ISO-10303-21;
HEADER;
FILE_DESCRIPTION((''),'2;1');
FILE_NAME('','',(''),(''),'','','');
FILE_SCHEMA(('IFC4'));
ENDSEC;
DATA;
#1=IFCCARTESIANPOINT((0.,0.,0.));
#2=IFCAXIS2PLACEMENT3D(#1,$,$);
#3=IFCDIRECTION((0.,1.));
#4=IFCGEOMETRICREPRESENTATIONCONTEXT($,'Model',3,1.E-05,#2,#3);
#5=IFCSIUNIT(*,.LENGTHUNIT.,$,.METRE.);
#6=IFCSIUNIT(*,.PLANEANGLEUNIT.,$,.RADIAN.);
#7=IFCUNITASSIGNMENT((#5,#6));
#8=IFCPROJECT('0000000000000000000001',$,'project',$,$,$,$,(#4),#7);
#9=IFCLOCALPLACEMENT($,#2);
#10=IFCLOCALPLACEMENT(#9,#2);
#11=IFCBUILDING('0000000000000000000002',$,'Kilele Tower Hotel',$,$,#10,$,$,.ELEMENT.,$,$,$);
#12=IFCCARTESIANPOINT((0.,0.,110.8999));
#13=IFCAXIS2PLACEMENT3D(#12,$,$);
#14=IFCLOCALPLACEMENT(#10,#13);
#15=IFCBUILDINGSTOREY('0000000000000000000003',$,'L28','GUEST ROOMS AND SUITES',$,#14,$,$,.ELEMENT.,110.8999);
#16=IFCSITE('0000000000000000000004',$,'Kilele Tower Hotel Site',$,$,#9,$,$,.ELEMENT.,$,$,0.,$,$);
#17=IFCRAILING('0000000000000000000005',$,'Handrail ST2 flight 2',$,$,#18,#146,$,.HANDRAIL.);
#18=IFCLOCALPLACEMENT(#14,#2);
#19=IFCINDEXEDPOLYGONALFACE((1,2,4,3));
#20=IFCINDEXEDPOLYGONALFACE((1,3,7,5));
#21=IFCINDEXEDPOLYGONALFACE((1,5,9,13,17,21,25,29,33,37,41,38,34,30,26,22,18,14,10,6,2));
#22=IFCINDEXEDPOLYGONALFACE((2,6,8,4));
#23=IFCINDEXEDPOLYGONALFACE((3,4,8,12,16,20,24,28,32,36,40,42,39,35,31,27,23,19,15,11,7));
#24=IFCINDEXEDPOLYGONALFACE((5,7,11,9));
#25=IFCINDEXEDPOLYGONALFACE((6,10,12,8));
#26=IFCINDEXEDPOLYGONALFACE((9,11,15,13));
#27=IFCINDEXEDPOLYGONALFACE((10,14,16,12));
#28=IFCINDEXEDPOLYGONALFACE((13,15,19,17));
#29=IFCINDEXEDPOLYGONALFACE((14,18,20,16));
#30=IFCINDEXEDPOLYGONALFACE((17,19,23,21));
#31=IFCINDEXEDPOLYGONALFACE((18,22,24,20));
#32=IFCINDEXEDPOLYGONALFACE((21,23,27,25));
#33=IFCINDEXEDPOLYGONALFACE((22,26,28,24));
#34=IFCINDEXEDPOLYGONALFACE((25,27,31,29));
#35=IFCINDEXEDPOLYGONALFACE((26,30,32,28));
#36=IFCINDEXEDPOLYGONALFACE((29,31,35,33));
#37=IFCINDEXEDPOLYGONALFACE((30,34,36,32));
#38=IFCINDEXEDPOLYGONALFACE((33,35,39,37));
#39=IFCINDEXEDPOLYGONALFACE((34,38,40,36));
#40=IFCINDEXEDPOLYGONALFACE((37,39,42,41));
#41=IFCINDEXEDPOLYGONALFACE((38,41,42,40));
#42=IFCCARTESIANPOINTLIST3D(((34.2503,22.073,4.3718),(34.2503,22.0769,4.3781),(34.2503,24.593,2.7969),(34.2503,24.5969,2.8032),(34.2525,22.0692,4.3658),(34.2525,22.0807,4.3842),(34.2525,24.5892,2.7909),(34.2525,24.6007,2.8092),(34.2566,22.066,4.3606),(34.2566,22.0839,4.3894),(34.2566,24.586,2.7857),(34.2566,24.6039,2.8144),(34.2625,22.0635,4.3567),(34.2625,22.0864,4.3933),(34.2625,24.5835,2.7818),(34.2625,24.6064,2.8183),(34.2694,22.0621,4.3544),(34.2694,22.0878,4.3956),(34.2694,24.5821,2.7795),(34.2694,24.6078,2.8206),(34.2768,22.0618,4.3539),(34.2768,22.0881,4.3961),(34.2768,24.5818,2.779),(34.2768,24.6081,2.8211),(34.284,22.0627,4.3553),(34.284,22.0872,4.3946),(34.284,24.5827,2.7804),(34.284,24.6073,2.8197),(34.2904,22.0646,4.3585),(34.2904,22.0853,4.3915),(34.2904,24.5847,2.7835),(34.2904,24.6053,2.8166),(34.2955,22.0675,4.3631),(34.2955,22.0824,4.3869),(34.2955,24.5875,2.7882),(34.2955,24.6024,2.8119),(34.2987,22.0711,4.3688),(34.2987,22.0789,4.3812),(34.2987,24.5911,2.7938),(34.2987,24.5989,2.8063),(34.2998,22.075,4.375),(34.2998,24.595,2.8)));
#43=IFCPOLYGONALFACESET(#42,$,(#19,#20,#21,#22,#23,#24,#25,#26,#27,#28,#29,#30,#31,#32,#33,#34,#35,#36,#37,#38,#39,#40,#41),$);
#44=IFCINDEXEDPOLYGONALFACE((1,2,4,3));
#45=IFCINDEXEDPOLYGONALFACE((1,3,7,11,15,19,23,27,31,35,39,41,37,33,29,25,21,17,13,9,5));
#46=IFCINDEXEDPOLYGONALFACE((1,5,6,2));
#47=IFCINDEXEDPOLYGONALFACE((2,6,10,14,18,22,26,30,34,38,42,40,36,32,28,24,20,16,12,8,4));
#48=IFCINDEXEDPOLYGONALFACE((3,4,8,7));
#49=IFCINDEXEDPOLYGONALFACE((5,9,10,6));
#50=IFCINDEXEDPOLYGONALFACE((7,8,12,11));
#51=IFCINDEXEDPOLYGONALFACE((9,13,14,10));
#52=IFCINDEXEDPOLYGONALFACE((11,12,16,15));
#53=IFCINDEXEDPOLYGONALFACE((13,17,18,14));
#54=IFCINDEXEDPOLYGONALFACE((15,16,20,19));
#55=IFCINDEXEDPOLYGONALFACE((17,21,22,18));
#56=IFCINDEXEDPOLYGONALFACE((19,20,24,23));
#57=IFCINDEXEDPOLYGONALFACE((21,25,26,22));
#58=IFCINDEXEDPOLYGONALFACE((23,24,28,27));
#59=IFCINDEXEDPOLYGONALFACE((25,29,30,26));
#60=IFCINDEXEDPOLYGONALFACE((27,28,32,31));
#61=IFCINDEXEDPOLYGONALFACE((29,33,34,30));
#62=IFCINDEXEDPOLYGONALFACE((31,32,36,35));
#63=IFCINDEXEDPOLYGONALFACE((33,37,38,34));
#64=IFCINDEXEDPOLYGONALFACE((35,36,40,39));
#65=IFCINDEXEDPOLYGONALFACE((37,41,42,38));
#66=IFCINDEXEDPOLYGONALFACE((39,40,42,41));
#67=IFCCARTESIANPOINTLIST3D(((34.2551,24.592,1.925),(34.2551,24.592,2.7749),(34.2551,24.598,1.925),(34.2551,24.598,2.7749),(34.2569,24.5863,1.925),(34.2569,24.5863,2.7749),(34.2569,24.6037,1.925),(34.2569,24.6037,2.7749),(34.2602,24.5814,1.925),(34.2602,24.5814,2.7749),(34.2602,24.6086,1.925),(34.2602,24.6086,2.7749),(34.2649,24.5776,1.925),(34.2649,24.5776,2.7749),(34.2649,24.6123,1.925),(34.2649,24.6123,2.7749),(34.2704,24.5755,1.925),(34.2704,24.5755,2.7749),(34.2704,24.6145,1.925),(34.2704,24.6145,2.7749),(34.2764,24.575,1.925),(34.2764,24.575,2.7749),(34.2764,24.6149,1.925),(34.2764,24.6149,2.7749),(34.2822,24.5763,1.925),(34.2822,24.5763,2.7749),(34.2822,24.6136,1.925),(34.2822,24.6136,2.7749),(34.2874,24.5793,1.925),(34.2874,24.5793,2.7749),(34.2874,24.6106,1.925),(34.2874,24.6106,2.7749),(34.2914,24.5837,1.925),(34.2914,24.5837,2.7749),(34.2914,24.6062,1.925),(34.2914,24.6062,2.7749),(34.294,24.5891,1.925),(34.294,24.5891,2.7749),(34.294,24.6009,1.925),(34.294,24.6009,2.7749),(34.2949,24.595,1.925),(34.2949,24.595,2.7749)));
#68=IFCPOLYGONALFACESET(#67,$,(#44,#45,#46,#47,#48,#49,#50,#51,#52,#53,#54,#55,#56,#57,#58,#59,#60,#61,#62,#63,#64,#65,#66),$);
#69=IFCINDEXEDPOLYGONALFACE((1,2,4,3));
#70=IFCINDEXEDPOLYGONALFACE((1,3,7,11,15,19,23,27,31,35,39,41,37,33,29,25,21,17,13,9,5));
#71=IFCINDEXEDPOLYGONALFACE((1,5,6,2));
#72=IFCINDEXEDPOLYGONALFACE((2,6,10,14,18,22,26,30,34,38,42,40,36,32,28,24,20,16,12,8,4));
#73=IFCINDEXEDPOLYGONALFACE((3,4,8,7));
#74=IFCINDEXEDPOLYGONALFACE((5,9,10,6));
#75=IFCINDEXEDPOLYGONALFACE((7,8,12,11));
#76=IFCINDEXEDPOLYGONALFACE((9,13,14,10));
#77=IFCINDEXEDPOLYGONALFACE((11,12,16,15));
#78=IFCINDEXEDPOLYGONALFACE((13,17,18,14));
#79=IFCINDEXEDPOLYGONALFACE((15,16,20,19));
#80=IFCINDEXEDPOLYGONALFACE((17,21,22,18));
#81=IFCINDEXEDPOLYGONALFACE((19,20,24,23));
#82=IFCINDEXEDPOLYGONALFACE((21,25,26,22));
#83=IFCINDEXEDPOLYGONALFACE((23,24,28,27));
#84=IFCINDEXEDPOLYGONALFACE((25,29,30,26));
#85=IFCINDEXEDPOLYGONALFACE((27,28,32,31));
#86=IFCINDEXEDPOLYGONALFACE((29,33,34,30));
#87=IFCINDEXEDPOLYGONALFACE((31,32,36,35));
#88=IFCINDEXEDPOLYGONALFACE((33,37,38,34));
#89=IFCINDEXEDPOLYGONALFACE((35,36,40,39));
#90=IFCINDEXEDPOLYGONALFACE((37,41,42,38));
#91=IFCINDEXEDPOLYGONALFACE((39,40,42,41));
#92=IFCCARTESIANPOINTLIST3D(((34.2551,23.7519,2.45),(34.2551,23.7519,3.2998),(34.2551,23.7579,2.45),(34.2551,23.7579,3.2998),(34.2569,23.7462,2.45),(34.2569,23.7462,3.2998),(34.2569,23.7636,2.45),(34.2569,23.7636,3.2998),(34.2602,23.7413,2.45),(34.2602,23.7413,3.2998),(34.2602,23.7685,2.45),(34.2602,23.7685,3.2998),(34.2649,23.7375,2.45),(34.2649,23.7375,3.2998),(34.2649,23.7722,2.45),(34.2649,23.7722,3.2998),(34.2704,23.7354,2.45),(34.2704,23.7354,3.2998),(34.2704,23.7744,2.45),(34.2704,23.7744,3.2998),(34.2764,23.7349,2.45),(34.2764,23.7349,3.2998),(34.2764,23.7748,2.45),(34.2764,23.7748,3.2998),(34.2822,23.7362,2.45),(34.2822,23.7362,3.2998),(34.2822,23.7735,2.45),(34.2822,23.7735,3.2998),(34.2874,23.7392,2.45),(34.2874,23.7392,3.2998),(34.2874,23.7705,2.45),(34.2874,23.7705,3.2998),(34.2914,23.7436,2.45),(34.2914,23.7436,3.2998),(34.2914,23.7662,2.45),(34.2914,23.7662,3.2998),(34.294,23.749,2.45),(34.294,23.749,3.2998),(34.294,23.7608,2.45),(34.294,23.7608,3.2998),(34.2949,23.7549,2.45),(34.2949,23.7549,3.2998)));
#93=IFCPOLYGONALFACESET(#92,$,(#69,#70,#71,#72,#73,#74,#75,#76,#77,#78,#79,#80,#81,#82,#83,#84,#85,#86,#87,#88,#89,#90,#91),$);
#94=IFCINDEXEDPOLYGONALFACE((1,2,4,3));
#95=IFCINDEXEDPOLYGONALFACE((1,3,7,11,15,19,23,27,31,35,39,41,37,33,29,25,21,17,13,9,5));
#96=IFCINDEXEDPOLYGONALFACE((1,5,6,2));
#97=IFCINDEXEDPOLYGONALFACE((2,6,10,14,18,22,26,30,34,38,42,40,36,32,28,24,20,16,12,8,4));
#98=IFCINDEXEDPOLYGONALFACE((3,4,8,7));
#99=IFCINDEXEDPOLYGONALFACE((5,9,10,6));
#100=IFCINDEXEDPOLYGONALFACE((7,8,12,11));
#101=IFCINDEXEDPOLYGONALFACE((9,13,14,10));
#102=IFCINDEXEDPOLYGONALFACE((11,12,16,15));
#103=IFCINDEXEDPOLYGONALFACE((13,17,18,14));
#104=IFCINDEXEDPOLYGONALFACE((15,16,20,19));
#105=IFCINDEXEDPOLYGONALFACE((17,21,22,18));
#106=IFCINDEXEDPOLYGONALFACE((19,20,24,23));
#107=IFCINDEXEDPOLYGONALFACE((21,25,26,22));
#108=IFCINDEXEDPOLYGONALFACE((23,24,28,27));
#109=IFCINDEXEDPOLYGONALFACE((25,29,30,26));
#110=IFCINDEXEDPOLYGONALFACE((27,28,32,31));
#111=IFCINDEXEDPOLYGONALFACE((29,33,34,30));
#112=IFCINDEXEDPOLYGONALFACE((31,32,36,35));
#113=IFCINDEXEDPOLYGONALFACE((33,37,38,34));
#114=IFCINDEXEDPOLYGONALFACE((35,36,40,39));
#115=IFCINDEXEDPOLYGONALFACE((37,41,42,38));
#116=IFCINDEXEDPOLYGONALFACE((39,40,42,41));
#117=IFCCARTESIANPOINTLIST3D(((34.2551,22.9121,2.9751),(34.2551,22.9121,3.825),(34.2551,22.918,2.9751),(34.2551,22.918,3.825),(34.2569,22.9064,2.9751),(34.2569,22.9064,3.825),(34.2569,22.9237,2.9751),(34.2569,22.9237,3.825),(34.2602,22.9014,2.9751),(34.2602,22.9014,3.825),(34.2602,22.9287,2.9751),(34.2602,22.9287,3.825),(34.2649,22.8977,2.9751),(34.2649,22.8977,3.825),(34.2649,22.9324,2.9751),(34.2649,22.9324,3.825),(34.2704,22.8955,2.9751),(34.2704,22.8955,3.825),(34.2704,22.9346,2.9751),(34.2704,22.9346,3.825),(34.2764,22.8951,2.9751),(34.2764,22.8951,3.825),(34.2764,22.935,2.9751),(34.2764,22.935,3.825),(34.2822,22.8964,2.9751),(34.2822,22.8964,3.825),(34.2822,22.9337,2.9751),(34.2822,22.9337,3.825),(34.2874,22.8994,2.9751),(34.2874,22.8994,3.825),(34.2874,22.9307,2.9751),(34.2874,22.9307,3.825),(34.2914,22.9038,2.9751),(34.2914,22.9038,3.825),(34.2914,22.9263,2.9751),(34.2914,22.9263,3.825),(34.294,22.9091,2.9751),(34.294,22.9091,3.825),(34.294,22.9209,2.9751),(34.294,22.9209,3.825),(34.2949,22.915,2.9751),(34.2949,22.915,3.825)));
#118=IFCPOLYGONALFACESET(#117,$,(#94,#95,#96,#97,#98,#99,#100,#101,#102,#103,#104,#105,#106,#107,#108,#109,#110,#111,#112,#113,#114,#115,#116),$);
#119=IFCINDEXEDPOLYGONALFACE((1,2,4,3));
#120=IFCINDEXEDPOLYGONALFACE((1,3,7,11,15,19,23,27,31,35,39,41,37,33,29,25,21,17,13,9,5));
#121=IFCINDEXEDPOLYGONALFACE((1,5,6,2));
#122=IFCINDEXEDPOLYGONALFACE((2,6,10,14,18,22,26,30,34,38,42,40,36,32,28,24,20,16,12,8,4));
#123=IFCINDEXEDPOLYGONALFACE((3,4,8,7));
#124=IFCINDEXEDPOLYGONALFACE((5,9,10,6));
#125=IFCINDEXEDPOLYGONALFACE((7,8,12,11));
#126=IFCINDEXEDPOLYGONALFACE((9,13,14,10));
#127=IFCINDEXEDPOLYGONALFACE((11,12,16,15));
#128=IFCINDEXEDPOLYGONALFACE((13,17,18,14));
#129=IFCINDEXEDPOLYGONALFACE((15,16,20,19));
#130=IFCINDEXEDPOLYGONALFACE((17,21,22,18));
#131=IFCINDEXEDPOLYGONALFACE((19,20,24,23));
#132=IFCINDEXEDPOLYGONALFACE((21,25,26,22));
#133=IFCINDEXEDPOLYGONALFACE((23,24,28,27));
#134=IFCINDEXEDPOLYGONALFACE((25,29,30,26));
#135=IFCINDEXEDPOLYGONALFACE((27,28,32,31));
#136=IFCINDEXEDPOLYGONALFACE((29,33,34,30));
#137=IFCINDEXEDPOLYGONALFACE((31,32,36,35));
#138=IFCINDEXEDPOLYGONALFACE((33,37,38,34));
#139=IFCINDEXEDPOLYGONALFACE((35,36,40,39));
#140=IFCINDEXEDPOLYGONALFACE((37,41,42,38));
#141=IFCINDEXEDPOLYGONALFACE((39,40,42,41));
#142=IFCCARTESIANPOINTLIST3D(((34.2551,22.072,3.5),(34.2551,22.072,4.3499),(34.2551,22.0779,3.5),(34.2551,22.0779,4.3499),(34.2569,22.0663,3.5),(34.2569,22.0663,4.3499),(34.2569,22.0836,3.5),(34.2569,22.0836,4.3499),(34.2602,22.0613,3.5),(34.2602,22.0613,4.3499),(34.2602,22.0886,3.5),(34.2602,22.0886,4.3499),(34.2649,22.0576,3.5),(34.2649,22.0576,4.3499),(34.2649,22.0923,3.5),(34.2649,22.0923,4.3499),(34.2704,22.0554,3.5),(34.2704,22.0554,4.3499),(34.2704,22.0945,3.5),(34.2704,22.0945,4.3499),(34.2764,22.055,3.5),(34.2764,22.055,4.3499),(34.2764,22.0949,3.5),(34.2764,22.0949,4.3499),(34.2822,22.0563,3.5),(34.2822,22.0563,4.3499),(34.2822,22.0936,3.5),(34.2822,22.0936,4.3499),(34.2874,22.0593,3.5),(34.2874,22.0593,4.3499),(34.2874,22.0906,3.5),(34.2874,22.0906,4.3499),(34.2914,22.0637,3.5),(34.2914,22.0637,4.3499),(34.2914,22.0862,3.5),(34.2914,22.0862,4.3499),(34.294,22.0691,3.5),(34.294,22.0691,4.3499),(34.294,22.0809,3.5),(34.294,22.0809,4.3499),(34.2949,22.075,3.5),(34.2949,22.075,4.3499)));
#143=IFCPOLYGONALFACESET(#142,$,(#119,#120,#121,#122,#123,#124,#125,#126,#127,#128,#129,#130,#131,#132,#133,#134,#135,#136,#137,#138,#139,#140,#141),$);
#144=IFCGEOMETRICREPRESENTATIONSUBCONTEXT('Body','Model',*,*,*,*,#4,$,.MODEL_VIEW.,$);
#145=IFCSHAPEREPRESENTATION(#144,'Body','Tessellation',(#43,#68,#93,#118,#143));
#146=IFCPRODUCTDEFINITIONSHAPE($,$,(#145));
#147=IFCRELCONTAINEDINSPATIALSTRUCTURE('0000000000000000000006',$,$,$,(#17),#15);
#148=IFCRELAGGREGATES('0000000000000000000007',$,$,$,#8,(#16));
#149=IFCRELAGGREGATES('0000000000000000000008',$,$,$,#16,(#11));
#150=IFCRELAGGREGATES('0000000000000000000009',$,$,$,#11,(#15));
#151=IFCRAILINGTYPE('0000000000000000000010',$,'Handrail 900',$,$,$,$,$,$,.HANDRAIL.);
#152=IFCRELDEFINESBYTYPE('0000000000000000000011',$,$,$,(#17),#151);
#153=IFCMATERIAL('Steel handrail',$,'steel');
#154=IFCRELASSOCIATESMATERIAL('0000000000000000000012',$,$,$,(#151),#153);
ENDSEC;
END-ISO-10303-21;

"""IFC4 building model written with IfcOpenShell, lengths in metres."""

from ifc_helpers import new_model, si_unit, direction, frame, origin, origin_2d, place, context, subcontext, project, spatial, circle, extrude, material, type_object, element, save


model = new_model("IFC4")

# Units and contexts
model_context = context("Model", 3, precision=1e-05, world=origin(), true_north=direction((0.0, 1.0)))
body_context = subcontext(model_context, "Body", "Model", "MODEL_VIEW")
ifc_project = project(units=[si_unit("LENGTHUNIT", "METRE"), si_unit("PLANEANGLEUNIT", "RADIAN")], contexts=[model_context])

# Site, building, storey
site_placement = place(None, origin())
site = spatial("IfcSite", under=ifc_project, at=site_placement, Name="Kilele Tower Hotel Site", CompositionType="ELEMENT", RefElevation=0.0)
building_placement = place(site_placement, origin())
building = spatial("IfcBuilding", under=site, at=building_placement, Name="Kilele Tower Hotel", CompositionType="ELEMENT")
storey_placement = place(building_placement, frame((0.0, 0.0, 110.8999)))
storey = spatial("IfcBuildingStorey", under=building, at=storey_placement, Name="L28", Description="GUEST ROOMS AND SUITES", CompositionType="ELEMENT", Elevation=110.8999)

# Railing
ifc_material_1 = material(Name="Steel handrail", Category="steel")
railing_type_1 = type_object("IfcRailingType", Name="Handrail 900", PredefinedType="HANDRAIL", material=ifc_material_1)
for number, where, name in (
    (1, (34.2749, 24.595, 1.925), "Handrail ST2 flight 2"),
):
    element("IfcRailing", number, at=place(storey_placement, frame(where)), inside=storey, type_object=railing_type_1, Name=name, PredefinedType="HANDRAIL", context=body_context, shape_type="SweptSolid", body=[
        extrude(circle(Radius=0.0249, at=origin_2d()), frame((0.0, 0.0, 0.875), z_axis=(0.0, -0.848008, 0.529984), x_axis=(1.0, 0.0, 0.0)), (0.0, 0.0, 1.0), 2.9717),
        extrude(circle(Radius=0.02, at=origin_2d()), origin(), (0.0, 0.0, 1.0), 0.8499),
        extrude(circle(Radius=0.02, at=origin_2d()), frame((0.0, -0.8401, 0.5249)), (0.0, 0.0, 1.0), 0.8499),
        extrude(circle(Radius=0.02, at=origin_2d()), frame((0.0, -1.6799, 1.05)), (0.0, 0.0, 1.0), 0.8499),
        extrude(circle(Radius=0.02, at=origin_2d()), frame((0.0, -2.52, 1.575)), (0.0, 0.0, 1.0), 0.8499),
    ])

save(model, "model.ifc")
